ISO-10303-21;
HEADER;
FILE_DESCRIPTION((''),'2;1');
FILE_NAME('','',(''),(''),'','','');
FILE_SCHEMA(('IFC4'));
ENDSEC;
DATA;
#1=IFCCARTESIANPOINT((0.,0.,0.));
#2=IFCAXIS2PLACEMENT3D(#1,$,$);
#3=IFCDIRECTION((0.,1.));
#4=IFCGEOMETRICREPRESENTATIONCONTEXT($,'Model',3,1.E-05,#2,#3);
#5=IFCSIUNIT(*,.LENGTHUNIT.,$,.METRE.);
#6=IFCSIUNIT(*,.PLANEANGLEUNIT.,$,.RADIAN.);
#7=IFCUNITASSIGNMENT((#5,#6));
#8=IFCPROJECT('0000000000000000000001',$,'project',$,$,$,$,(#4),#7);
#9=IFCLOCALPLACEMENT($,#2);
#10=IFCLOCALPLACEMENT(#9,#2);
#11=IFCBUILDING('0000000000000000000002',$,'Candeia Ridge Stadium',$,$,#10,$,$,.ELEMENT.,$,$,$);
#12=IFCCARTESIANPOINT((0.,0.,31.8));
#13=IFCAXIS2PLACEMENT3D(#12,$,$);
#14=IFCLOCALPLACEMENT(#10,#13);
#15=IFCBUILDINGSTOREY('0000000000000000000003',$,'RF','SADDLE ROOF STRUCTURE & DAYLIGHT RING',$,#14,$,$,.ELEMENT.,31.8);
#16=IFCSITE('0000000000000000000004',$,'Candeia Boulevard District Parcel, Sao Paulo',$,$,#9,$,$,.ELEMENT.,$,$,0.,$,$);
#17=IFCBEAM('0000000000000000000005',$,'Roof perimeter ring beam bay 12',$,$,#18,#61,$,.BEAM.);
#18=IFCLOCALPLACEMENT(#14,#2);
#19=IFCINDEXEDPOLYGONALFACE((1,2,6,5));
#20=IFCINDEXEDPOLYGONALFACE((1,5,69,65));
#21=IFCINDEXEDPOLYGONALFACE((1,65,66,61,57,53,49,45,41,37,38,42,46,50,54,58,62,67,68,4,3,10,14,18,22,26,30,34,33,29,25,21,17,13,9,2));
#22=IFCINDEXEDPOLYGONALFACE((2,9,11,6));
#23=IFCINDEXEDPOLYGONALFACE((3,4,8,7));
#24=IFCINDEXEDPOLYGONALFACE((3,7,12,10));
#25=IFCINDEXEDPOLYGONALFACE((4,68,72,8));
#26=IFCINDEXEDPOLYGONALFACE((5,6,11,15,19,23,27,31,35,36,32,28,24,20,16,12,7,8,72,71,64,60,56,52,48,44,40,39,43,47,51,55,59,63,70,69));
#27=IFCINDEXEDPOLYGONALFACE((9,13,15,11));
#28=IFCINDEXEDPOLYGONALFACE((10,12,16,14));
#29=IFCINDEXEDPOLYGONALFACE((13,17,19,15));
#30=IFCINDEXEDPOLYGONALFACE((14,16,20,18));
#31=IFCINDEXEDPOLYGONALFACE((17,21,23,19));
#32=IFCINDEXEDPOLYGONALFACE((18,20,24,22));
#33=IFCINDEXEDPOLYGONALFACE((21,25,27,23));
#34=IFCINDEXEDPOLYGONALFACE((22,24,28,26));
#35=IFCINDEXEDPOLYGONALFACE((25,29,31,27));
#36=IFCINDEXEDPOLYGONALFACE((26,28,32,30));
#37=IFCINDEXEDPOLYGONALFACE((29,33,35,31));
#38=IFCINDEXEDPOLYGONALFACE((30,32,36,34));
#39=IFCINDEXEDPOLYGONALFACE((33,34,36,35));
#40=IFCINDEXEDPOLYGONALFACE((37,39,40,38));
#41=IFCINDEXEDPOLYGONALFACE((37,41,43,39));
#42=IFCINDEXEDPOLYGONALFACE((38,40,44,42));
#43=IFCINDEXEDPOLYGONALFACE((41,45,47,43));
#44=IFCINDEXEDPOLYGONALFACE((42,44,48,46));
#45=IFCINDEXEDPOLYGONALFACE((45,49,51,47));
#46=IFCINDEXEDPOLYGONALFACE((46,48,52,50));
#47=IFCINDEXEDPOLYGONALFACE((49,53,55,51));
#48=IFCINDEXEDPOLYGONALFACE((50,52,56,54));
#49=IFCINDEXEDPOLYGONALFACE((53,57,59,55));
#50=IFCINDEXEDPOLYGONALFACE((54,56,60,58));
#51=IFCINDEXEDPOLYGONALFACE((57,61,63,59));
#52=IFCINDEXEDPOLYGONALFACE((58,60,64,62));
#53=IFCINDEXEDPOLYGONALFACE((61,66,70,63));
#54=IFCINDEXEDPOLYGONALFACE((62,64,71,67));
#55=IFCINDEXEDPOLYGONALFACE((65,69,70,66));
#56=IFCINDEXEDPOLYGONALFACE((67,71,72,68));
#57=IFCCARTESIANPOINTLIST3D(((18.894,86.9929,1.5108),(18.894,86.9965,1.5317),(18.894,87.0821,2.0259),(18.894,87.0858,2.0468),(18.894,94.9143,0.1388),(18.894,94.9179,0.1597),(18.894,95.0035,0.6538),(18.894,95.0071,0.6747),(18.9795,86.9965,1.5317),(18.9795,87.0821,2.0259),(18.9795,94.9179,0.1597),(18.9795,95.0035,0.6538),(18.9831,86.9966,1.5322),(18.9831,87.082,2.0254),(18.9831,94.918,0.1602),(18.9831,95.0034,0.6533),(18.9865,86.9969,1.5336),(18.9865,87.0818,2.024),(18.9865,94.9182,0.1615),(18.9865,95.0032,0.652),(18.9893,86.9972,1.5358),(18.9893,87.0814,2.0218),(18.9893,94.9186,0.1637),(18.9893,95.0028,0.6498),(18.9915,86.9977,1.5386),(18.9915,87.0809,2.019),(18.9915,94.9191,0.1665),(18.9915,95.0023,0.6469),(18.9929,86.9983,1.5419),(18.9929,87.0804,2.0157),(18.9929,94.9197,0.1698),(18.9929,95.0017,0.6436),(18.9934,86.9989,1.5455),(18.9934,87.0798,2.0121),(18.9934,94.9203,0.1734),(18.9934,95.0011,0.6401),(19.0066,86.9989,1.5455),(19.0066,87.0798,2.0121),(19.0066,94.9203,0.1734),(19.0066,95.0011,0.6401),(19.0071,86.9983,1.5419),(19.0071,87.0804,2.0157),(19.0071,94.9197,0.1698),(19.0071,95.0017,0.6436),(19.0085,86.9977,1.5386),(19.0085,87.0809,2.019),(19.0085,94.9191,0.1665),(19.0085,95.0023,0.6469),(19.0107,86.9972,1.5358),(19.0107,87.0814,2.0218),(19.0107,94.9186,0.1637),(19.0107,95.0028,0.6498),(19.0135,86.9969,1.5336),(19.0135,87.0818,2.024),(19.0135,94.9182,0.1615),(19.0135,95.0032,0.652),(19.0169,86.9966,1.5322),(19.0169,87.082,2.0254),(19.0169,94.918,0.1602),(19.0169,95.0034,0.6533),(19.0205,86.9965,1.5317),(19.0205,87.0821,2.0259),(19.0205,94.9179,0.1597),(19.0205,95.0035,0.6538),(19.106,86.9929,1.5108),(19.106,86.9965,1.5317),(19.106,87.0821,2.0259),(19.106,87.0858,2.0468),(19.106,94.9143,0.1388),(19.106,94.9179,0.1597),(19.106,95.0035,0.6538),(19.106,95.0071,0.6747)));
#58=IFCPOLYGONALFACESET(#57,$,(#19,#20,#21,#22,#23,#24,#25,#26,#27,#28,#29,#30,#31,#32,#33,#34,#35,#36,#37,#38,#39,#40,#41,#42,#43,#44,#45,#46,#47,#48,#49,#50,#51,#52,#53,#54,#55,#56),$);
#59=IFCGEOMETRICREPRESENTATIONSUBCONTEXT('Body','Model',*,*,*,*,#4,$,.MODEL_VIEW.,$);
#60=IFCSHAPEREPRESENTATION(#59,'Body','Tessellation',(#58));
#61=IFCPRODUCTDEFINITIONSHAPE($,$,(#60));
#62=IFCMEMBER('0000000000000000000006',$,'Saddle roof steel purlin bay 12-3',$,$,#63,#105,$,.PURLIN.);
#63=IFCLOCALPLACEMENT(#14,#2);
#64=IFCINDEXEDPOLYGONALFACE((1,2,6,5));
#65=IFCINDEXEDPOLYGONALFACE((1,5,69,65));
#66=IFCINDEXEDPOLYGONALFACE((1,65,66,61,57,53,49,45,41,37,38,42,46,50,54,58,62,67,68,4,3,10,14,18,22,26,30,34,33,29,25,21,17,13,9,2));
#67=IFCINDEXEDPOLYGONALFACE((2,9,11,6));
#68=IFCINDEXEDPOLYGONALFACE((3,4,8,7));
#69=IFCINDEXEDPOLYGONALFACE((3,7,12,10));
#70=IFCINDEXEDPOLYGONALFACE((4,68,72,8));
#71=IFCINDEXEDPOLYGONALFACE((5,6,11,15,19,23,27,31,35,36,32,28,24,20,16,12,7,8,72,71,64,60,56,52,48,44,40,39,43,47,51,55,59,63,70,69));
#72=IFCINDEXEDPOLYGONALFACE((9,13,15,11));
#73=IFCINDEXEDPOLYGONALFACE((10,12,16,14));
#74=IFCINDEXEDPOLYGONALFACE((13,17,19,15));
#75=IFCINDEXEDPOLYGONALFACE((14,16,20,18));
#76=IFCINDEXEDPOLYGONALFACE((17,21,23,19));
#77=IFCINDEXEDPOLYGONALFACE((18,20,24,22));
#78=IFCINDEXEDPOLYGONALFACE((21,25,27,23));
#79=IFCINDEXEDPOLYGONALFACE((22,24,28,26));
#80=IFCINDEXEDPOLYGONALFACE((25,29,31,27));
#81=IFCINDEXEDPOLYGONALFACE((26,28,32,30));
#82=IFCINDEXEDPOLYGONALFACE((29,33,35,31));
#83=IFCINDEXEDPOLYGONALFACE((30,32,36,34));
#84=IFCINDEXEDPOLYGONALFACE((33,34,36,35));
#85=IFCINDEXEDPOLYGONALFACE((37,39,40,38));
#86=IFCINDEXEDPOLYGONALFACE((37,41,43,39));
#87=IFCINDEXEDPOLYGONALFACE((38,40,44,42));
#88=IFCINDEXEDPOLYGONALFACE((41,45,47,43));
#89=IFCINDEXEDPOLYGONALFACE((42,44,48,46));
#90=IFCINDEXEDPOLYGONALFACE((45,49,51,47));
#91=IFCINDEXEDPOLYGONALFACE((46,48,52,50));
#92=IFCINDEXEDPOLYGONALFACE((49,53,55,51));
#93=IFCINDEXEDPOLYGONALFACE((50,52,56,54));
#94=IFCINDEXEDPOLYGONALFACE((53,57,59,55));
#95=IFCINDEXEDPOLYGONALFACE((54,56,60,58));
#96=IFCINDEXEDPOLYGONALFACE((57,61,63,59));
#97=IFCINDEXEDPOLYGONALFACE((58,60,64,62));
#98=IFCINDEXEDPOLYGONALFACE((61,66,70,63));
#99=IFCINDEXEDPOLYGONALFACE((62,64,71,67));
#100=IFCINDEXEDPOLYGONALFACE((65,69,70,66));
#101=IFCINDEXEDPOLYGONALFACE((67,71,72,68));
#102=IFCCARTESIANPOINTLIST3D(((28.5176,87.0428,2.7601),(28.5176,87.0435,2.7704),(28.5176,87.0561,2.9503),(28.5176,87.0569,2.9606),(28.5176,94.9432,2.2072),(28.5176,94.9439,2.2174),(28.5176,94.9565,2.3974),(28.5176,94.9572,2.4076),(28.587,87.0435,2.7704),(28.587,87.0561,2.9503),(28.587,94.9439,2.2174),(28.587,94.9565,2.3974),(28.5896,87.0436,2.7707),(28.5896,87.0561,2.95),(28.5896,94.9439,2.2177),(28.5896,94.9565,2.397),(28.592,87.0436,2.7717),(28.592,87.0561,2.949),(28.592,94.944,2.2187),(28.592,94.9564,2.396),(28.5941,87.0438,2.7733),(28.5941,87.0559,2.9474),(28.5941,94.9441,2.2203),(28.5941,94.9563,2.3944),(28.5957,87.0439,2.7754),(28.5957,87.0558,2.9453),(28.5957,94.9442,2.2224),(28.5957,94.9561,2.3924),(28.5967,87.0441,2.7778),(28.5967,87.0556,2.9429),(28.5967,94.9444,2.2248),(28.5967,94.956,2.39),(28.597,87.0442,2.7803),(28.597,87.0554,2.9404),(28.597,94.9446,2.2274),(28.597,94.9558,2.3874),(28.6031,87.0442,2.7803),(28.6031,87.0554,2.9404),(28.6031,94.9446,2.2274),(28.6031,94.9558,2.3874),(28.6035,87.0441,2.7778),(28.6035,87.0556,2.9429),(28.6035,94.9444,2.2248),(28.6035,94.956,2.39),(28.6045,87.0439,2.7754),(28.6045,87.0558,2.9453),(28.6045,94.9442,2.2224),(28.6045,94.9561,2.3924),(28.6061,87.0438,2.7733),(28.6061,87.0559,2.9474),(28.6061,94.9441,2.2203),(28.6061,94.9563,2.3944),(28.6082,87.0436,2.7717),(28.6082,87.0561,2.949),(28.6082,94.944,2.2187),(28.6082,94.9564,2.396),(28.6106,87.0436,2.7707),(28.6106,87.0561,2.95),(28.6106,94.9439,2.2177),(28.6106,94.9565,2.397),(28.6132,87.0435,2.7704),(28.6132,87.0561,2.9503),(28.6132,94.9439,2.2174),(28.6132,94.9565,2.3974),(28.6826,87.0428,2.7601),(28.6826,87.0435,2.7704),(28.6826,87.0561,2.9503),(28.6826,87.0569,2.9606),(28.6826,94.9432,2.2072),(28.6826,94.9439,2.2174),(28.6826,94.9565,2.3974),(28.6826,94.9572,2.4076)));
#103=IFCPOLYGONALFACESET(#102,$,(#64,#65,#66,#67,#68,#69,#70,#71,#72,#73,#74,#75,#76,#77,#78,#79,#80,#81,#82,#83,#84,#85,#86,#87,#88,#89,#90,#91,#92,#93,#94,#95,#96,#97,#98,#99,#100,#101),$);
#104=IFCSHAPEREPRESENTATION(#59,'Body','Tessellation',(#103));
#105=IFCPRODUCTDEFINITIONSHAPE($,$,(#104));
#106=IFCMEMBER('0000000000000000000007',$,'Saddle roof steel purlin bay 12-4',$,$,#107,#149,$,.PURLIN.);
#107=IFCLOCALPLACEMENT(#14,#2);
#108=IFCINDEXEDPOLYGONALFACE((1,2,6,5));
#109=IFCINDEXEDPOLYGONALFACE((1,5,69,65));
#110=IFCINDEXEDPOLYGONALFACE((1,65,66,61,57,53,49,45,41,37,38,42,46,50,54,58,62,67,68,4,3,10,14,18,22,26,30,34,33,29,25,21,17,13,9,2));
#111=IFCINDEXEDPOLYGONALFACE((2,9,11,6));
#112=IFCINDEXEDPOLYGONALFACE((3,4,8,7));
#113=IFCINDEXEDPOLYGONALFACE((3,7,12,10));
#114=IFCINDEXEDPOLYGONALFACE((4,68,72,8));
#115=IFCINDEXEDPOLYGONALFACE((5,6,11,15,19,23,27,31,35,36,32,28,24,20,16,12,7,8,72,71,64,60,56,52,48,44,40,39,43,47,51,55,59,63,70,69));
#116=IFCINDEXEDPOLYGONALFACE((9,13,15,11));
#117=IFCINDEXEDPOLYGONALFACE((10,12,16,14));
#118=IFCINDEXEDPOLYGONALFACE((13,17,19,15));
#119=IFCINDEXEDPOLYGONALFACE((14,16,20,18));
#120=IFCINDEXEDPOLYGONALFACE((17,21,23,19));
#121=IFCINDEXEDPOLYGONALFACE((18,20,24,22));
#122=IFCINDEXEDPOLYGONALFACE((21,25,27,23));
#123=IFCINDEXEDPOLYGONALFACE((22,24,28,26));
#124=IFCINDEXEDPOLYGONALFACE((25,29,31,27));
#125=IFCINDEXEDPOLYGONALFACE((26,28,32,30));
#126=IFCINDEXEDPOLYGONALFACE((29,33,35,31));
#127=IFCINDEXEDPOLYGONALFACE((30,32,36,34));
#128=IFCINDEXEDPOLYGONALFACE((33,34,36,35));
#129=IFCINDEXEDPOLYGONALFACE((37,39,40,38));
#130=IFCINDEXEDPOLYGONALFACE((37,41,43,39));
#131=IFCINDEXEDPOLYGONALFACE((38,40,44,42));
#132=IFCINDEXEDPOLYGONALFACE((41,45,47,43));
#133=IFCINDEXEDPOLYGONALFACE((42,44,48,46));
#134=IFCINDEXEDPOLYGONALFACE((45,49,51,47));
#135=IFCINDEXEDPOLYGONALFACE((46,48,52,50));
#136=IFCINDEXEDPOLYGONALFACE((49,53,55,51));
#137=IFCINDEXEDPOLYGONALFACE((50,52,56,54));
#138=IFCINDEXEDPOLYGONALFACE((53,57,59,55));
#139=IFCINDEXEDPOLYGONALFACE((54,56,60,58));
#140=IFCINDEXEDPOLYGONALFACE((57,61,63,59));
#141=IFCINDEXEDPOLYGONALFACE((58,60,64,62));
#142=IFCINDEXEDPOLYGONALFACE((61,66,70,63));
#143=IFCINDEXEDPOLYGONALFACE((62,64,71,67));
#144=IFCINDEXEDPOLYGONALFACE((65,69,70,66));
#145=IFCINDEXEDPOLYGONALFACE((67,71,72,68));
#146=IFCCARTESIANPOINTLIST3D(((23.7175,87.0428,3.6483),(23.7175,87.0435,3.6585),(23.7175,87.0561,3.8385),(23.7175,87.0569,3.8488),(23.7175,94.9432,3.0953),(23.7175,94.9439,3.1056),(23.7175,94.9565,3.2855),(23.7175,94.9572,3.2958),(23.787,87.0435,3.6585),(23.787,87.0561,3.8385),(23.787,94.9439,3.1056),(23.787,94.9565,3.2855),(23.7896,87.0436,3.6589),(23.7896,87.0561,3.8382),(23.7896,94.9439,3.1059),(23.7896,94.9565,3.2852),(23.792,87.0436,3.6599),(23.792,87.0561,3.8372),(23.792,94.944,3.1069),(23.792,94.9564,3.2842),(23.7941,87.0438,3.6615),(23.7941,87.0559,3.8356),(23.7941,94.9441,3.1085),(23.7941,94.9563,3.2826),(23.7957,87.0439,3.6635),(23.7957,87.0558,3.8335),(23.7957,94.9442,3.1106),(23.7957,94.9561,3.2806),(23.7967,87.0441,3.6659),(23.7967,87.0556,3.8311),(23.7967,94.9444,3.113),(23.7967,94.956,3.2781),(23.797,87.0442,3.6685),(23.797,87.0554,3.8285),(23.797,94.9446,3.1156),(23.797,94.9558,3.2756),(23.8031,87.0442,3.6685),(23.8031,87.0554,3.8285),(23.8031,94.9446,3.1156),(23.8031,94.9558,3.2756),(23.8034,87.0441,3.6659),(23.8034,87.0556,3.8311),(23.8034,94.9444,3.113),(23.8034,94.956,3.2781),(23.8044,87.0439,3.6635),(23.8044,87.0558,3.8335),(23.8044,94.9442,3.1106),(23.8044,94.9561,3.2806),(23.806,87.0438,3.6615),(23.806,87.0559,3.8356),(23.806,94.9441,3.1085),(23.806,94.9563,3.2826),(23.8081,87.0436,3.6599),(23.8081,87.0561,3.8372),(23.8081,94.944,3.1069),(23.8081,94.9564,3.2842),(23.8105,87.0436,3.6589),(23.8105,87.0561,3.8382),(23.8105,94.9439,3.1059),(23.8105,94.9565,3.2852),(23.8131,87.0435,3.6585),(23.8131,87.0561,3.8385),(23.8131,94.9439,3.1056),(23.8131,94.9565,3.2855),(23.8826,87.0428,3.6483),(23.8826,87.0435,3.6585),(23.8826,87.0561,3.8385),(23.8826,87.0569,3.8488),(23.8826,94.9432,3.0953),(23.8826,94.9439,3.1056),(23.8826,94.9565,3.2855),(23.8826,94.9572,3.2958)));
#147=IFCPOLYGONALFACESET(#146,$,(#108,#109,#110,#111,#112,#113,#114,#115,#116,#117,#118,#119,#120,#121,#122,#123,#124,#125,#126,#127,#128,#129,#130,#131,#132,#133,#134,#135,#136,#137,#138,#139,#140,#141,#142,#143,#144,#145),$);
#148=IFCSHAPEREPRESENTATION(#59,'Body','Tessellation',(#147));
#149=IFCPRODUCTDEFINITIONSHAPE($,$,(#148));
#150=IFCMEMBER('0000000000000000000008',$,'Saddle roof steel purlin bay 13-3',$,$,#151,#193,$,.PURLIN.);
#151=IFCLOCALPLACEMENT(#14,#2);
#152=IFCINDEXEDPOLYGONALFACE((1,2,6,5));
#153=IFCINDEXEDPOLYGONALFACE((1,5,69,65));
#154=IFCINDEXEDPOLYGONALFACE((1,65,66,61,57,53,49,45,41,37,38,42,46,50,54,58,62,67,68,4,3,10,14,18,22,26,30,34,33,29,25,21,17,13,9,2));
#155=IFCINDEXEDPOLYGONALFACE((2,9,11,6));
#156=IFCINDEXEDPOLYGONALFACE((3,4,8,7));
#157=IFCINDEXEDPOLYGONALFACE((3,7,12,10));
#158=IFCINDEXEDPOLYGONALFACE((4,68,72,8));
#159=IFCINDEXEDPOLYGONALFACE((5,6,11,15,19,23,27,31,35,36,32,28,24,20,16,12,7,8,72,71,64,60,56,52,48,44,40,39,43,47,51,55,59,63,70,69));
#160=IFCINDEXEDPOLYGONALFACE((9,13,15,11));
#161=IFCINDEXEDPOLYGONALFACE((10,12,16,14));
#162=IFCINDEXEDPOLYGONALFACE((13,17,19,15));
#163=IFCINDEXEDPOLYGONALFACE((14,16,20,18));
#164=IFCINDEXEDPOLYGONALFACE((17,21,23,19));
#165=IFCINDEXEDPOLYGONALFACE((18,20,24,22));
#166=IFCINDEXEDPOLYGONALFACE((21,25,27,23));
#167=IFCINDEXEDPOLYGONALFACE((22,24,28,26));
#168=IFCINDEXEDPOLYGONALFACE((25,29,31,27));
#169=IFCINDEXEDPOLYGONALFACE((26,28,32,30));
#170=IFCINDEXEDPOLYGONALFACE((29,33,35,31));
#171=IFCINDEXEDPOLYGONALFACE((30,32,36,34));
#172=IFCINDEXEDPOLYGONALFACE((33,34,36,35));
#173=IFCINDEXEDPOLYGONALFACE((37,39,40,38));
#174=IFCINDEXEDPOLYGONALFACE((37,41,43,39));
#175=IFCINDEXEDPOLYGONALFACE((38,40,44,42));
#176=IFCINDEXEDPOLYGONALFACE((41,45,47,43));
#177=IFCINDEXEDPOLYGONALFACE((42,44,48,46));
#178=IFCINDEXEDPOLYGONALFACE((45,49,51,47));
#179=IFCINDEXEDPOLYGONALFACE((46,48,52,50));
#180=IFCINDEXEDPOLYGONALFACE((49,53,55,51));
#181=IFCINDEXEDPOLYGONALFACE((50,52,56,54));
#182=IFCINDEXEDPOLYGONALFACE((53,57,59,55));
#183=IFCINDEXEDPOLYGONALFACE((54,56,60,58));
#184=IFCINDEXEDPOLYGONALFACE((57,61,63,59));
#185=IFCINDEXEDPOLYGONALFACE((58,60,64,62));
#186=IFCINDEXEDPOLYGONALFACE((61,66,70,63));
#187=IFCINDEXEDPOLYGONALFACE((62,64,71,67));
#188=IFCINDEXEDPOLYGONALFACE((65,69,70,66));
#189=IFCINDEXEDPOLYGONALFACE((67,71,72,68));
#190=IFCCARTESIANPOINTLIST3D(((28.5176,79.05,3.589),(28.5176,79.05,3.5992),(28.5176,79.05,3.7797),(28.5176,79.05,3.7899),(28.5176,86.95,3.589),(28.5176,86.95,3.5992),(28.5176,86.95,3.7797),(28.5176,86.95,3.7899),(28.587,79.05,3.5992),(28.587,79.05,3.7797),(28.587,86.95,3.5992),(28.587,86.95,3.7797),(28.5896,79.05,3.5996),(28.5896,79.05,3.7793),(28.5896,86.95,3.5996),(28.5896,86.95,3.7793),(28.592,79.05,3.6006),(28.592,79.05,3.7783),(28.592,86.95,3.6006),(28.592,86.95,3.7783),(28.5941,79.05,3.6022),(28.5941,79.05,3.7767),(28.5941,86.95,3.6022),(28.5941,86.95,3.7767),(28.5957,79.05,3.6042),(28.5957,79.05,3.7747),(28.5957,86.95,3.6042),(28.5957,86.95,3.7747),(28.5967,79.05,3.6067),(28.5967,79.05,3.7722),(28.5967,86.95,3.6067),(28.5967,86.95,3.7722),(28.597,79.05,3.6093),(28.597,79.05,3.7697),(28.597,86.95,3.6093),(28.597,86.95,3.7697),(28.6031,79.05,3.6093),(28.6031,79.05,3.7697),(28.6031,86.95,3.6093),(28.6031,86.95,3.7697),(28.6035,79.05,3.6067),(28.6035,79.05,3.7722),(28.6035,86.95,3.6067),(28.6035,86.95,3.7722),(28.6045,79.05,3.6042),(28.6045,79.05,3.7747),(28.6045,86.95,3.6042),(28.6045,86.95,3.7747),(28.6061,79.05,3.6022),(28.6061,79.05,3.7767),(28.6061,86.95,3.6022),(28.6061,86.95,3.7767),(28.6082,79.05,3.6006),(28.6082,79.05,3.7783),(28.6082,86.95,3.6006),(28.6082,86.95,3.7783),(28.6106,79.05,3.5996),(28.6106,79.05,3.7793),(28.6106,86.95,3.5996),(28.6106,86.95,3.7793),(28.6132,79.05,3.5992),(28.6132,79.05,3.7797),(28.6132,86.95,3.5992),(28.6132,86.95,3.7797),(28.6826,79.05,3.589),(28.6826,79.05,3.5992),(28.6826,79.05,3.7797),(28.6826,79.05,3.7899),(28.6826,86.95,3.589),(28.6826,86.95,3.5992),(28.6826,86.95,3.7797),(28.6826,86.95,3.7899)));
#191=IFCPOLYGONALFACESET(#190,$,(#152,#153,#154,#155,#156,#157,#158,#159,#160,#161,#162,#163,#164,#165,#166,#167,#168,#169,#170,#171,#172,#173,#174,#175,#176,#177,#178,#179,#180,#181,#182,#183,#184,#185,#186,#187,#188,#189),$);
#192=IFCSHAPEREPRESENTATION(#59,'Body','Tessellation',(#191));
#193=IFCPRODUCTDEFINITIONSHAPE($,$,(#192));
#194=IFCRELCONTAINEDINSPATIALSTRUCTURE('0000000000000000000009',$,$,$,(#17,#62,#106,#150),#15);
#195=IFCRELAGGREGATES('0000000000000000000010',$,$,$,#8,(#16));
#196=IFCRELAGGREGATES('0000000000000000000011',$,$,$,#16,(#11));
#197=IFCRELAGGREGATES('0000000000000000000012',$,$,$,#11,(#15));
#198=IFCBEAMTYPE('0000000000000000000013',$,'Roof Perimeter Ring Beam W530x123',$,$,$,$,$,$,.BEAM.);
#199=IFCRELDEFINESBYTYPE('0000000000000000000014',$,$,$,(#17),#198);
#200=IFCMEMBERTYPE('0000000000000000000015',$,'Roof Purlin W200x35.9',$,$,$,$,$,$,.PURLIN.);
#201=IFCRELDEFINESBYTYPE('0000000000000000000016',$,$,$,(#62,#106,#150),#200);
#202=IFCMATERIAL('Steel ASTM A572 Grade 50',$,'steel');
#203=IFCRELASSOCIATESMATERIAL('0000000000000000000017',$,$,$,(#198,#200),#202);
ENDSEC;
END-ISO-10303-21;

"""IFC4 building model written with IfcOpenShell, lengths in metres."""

from ifc_helpers import new_model, si_unit, direction, frame, origin, origin_2d, place, context, subcontext, project, spatial, i_section, extrude, material, material_profile, profile_set, type_object, element, save


model = new_model("IFC4")

# Units and contexts
model_context = context("Model", 3, precision=1e-05, world=origin(), true_north=direction((0.0, 1.0)))
body_context = subcontext(model_context, "Body", "Model", "MODEL_VIEW")
ifc_project = project(units=[si_unit("LENGTHUNIT", "METRE"), si_unit("PLANEANGLEUNIT", "RADIAN")], contexts=[model_context])

# Site, building, storey
site_placement = place(None, origin())
site = spatial("IfcSite", under=ifc_project, at=site_placement, Name="Candeia Boulevard District Parcel, Sao Paulo", CompositionType="ELEMENT", RefElevation=0.0)
building_placement = place(site_placement, origin())
building = spatial("IfcBuilding", under=site, at=building_placement, Name="Candeia Ridge Stadium", CompositionType="ELEMENT")
storey_placement = place(building_placement, frame((0.0, 0.0, 31.8)))
storey = spatial("IfcBuildingStorey", under=building, at=storey_placement, Name="RF", Description="SADDLE ROOF STRUCTURE & DAYLIGHT RING", CompositionType="ELEMENT", Elevation=31.8)

# Shared definitions
ifc_material_1 = material(Name="Steel ASTM A572 Grade 50", Category="steel")

# Beam
ifc_material_profile_1 = material_profile(ifc_material_1, i_section(OverallWidth=0.2119, OverallDepth=0.5439, WebThickness=0.0132, FlangeThickness=0.0212, FilletRadius=0.0139, at=origin_2d()), Name="W530x123", Category="steel")
ifc_profile_set_1 = profile_set([ifc_material_profile_1], Name="Steel ASTM A572 Grade 50")
beam_type_1 = type_object("IfcBeamType", Name="Roof Perimeter Ring Beam W530x123", PredefinedType="BEAM", material=ifc_profile_set_1)
beam_1_placement = place(storey_placement, frame((19.0, 94.9607, 0.4067), z_axis=(0.0, -0.985328, 0.17067), x_axis=(1.0, 0.0, 0.0)))
element("IfcBeam", 1, at=beam_1_placement, inside=storey, type_object=beam_type_1, Name="Roof perimeter ring beam bay 12", PredefinedType="BEAM", context=body_context, shape_type="SweptSolid", body=[
    extrude(i_section(OverallWidth=0.2119, OverallDepth=0.5439, WebThickness=0.0132, FlangeThickness=0.0212, FilletRadius=0.0139, at=origin_2d()), origin(), (0.0, 0.0, 1.0), 8.0393),
])

# Members
ifc_material_profile_2 = material_profile(ifc_material_1, i_section(OverallWidth=0.165, OverallDepth=0.2009, WebThickness=0.0061, FlangeThickness=0.0103, FilletRadius=0.01, at=origin_2d()), Name="W200x35.9", Category="steel")
ifc_profile_set_2 = profile_set([ifc_material_profile_2], Name="Steel ASTM A572 Grade 50")
member_type_1 = type_object("IfcMemberType", Name="Roof Purlin W200x35.9", PredefinedType="PURLIN", material=ifc_profile_set_2)
for number, where, z_axis, x_axis, name in (
    (2, (28.6001, 94.9502, 2.3074), (0.0, -0.997559, 0.069823), (1.0, 0.0, 0.0), "Saddle roof steel purlin bay 12-3"),
    (3, (23.8, 94.9502, 3.1956), (0.0, -0.997559, 0.069823), (1.0, 0.0, 0.0), "Saddle roof steel purlin bay 12-4"),
):
    element("IfcMember", number, at=place(storey_placement, frame(where, z_axis=z_axis, x_axis=x_axis)), inside=storey, type_object=member_type_1, Name=name, PredefinedType="PURLIN", context=body_context, shape_type="SweptSolid", body=[
        extrude(i_section(OverallWidth=0.165, OverallDepth=0.2009, WebThickness=0.0061, FlangeThickness=0.0103, FilletRadius=0.01, at=origin_2d()), origin(), (0.0, 0.0, 1.0), 7.9197),
    ])
for number, where, z_axis, x_axis, name in (
    (4, (28.6001, 86.95, 3.6895), (0.0, -1.0, 0.0), (1.0, 0.0, 0.0), "Saddle roof steel purlin bay 13-3"),
):
    element("IfcMember", number, at=place(storey_placement, frame(where, z_axis=z_axis, x_axis=x_axis)), inside=storey, type_object=member_type_1, Name=name, PredefinedType="PURLIN", context=body_context, shape_type="SweptSolid", body=[
        extrude(i_section(OverallWidth=0.165, OverallDepth=0.2009, WebThickness=0.0061, FlangeThickness=0.0103, FilletRadius=0.01, at=origin_2d()), origin(), (0.0, 0.0, 1.0), 7.8999),
    ])

save(model, "model.ifc")
